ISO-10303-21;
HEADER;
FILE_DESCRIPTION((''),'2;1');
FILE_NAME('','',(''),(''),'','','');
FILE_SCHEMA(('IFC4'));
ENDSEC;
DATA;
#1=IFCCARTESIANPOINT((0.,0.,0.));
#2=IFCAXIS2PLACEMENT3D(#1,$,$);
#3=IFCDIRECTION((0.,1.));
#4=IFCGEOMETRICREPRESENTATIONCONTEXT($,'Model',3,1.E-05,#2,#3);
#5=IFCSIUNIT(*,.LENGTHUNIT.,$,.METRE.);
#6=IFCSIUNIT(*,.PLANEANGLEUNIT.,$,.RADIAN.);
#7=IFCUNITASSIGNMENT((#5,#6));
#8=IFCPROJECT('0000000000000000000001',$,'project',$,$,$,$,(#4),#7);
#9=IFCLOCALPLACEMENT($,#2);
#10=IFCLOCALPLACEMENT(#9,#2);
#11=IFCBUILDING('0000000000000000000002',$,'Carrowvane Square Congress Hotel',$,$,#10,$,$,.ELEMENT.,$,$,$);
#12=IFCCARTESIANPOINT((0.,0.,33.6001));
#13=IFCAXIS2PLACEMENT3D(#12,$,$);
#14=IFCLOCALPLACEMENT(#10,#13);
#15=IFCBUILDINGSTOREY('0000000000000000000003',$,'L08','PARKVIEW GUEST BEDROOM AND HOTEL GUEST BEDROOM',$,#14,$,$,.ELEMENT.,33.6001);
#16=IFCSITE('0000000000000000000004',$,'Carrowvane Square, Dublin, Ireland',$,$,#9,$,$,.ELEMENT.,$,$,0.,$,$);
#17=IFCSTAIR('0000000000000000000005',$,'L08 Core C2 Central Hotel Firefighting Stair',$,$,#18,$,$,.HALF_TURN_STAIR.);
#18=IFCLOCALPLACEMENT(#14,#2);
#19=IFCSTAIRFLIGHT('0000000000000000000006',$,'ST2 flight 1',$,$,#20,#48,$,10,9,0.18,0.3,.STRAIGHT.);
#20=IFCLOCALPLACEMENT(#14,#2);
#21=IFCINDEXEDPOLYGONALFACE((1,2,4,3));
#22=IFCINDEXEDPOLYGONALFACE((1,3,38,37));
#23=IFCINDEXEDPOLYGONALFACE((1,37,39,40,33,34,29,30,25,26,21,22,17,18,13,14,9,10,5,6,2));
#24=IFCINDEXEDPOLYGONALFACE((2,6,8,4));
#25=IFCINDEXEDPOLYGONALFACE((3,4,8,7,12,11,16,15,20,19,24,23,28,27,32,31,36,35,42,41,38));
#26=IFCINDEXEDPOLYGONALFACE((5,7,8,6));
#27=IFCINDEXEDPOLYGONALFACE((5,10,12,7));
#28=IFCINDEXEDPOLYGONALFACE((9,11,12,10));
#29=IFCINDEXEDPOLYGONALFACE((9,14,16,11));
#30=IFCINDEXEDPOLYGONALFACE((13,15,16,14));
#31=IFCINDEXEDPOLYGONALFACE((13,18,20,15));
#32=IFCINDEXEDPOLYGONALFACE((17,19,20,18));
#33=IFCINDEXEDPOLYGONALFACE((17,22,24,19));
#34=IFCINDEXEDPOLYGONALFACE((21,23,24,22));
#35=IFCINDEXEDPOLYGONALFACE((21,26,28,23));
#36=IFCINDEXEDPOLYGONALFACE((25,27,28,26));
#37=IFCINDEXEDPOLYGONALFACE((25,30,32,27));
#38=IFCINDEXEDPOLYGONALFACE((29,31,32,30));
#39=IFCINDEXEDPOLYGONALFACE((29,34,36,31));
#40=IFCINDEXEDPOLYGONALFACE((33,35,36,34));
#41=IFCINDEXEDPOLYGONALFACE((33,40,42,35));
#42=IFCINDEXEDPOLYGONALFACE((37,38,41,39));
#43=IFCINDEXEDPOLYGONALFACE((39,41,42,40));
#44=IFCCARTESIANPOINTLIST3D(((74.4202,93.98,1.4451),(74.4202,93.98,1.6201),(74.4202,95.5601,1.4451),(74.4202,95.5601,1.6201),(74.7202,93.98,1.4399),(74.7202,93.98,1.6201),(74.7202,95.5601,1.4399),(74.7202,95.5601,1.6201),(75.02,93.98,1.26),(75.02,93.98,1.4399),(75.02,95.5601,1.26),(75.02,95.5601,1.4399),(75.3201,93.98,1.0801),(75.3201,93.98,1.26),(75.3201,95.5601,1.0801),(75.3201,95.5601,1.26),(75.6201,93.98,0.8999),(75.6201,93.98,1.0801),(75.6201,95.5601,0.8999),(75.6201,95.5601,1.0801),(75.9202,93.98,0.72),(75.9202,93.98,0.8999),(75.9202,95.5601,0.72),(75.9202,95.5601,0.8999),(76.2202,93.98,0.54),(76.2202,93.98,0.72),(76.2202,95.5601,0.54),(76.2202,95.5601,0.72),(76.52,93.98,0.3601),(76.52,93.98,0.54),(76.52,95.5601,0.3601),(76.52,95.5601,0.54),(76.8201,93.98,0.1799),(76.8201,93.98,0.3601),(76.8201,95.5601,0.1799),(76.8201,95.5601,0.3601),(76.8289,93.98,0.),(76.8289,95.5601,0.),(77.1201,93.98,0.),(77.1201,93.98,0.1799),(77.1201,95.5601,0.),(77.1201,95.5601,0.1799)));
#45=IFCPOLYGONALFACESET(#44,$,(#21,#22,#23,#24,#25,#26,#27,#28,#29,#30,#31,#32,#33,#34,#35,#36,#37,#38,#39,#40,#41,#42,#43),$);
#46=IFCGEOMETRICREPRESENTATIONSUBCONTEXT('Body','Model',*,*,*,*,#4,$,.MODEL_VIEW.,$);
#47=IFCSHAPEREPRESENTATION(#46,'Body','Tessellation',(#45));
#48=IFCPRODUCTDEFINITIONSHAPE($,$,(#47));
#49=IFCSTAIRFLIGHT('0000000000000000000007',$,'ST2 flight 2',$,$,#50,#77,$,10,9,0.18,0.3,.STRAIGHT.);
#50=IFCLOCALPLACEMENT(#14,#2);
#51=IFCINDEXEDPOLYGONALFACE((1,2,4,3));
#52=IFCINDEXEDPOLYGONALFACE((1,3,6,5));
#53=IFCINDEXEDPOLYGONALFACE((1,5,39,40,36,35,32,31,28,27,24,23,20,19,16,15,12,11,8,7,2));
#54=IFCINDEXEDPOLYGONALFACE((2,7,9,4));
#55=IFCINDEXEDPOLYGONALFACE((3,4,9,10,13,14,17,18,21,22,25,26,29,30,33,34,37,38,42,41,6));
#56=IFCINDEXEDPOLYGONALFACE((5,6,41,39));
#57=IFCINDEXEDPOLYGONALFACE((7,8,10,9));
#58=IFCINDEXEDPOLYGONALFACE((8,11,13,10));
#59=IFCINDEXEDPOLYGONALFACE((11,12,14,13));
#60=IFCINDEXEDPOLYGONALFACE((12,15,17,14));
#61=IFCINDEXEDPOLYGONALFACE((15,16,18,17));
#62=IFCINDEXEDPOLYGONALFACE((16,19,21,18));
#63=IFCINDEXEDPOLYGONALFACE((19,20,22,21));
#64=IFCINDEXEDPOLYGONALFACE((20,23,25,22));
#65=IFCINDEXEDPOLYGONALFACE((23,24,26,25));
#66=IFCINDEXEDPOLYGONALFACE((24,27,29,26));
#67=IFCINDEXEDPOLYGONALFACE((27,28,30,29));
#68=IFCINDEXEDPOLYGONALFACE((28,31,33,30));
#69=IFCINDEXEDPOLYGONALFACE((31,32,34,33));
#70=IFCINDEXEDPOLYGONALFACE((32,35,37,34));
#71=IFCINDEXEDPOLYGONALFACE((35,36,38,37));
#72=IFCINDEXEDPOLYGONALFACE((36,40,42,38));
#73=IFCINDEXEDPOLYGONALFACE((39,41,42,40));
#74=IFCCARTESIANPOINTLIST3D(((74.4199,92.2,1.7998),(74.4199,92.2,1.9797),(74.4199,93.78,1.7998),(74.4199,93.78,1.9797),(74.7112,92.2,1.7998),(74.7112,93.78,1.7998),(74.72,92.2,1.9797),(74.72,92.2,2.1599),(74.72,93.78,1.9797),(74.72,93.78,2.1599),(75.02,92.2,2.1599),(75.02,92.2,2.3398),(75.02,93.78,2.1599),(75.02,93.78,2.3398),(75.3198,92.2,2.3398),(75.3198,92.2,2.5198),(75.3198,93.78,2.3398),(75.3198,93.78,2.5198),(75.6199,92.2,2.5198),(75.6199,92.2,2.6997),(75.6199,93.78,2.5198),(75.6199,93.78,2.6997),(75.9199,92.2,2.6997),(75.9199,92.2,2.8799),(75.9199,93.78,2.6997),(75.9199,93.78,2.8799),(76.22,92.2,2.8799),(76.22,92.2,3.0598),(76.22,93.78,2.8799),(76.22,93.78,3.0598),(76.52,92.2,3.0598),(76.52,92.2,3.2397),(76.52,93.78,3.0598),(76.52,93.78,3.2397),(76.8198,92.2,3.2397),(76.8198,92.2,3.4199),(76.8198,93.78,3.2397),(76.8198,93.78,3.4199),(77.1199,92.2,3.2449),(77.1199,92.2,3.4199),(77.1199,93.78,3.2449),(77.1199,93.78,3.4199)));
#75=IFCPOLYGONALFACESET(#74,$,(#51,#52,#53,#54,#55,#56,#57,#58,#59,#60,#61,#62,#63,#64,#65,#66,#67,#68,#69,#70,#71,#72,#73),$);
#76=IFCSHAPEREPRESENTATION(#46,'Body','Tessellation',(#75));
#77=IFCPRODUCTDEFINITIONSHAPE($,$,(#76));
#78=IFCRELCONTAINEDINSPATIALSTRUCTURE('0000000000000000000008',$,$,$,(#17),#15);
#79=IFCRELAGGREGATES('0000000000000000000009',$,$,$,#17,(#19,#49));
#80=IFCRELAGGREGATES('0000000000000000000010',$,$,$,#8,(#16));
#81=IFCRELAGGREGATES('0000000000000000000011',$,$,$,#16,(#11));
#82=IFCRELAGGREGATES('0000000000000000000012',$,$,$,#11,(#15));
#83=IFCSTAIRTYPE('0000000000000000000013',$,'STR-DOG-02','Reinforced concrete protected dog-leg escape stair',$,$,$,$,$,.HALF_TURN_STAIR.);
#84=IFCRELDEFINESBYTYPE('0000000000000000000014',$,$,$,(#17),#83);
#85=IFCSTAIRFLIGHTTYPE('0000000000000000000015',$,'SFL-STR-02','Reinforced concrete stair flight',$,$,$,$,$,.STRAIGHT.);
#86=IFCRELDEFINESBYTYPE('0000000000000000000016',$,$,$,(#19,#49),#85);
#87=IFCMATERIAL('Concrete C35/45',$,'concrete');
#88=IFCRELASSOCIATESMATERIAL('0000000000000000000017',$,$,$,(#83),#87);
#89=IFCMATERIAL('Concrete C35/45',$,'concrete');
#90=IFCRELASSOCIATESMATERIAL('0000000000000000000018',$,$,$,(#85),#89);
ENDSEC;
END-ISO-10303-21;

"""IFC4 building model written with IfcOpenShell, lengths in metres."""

from ifc_helpers import new_model, si_unit, direction, frame, origin, place, context, subcontext, project, spatial, polyline, outline, extrude, material, type_object, element, aggregate, save


model = new_model("IFC4")

# Units and contexts
model_context = context("Model", 3, precision=1e-05, world=origin(), true_north=direction((0.0, 1.0)))
body_context = subcontext(model_context, "Body", "Model", "MODEL_VIEW")
ifc_project = project(units=[si_unit("LENGTHUNIT", "METRE"), si_unit("PLANEANGLEUNIT", "RADIAN")], contexts=[model_context])

# Site, building, storey
site_placement = place(None, origin())
site = spatial("IfcSite", under=ifc_project, at=site_placement, Name="Carrowvane Square, Dublin, Ireland", CompositionType="ELEMENT", RefElevation=0.0)
building_placement = place(site_placement, origin())
building = spatial("IfcBuilding", under=site, at=building_placement, Name="Carrowvane Square Congress Hotel", CompositionType="ELEMENT")
storey_placement = place(building_placement, frame((0.0, 0.0, 33.6001)))
storey = spatial("IfcBuildingStorey", under=building, at=storey_placement, Name="L08", Description="PARKVIEW GUEST BEDROOM AND HOTEL GUEST BEDROOM", CompositionType="ELEMENT", Elevation=33.6001)

# Stair, stair flights
ifc_material_1 = material(Name="Concrete C35/45", Category="concrete")
stair_type = type_object("IfcStairType", Name="STR-DOG-02", Description="Reinforced concrete protected dog-leg escape stair", PredefinedType="HALF_TURN_STAIR", material=ifc_material_1)
stair_placement = place(storey_placement, origin())
stair = element("IfcStair", 1, at=stair_placement, inside=storey, type_object=stair_type, Name="L08 Core C2 Central Hotel Firefighting Stair", PredefinedType="HALF_TURN_STAIR")
ifc_material_2 = material(Name="Concrete C35/45", Category="concrete")
stair_flight_type = type_object("IfcStairFlightType", Name="SFL-STR-02", Description="Reinforced concrete stair flight", PredefinedType="STRAIGHT", material=ifc_material_2)
stair_flight_1_placement = place(storey_placement, frame((77.1201, 94.77, 0.0), z_axis=(0.0, 0.0, 1.0), x_axis=(-1.0, 0.0, 0.0)))
stair_flight_1 = element("IfcStairFlight", 2, at=stair_flight_1_placement, type_object=stair_flight_type, Name="ST2 flight 1", NumberOfRisers=10, NumberOfTreads=9, PredefinedType="STRAIGHT", RiserHeight=0.18, TreadLength=0.3, context=body_context, shape_type="SweptSolid", body=[
    extrude(outline(polyline([(0.0, 0.0), (0.0, 0.1799), (0.3, 0.1799), (0.3, 0.3601), (0.6001, 0.3601), (0.6001, 0.54), (0.8999, 0.54), (0.8999, 0.72), (1.2, 0.72), (1.2, 0.8999), (1.5, 0.8999), (1.5, 1.0801), (1.8, 1.0801), (1.8, 1.26), (2.1001, 1.26), (2.1001, 1.4399), (2.3999, 1.4399), (2.3999, 1.6201), (2.7, 1.6201), (2.7, 1.8), (2.7, 1.4451), (0.2913, 0.0), (0.0, 0.0)])), frame((0.0, 0.79, 0.0), z_axis=(0.0, -1.0, 0.0), x_axis=(1.0, 0.0, 0.0)), (0.0, 0.0, 1.0), 1.5801),
])
stair_flight_2_placement = place(storey_placement, frame((74.4199, 92.99, 1.7998), z_axis=(0.0, 0.0, 1.0), x_axis=(1.0, 0.0, 0.0)))
stair_flight_2 = element("IfcStairFlight", 3, at=stair_flight_2_placement, type_object=stair_flight_type, Name="ST2 flight 2", NumberOfRisers=10, NumberOfTreads=9, PredefinedType="STRAIGHT", RiserHeight=0.18, TreadLength=0.3, context=body_context, shape_type="SweptSolid", body=[
    extrude(outline(polyline([(0.0, 0.0), (0.0, 0.1799), (0.3, 0.1799), (0.3, 0.3601), (0.6001, 0.3601), (0.6001, 0.54), (0.8999, 0.54), (0.8999, 0.72), (1.2, 0.72), (1.2, 0.8999), (1.5, 0.8999), (1.5, 1.0801), (1.8, 1.0801), (1.8, 1.26), (2.1001, 1.26), (2.1001, 1.4399), (2.3999, 1.4399), (2.3999, 1.6201), (2.7, 1.6201), (2.7, 1.8), (2.7, 1.4451), (0.2913, 0.0), (0.0, 0.0)])), frame((0.0, 0.79, 0.0), z_axis=(0.0, -1.0, 0.0), x_axis=(1.0, 0.0, 0.0)), (0.0, 0.0, 1.0), 1.5801),
])
aggregate(stair, [stair_flight_1, stair_flight_2])

save(model, "model.ifc")
